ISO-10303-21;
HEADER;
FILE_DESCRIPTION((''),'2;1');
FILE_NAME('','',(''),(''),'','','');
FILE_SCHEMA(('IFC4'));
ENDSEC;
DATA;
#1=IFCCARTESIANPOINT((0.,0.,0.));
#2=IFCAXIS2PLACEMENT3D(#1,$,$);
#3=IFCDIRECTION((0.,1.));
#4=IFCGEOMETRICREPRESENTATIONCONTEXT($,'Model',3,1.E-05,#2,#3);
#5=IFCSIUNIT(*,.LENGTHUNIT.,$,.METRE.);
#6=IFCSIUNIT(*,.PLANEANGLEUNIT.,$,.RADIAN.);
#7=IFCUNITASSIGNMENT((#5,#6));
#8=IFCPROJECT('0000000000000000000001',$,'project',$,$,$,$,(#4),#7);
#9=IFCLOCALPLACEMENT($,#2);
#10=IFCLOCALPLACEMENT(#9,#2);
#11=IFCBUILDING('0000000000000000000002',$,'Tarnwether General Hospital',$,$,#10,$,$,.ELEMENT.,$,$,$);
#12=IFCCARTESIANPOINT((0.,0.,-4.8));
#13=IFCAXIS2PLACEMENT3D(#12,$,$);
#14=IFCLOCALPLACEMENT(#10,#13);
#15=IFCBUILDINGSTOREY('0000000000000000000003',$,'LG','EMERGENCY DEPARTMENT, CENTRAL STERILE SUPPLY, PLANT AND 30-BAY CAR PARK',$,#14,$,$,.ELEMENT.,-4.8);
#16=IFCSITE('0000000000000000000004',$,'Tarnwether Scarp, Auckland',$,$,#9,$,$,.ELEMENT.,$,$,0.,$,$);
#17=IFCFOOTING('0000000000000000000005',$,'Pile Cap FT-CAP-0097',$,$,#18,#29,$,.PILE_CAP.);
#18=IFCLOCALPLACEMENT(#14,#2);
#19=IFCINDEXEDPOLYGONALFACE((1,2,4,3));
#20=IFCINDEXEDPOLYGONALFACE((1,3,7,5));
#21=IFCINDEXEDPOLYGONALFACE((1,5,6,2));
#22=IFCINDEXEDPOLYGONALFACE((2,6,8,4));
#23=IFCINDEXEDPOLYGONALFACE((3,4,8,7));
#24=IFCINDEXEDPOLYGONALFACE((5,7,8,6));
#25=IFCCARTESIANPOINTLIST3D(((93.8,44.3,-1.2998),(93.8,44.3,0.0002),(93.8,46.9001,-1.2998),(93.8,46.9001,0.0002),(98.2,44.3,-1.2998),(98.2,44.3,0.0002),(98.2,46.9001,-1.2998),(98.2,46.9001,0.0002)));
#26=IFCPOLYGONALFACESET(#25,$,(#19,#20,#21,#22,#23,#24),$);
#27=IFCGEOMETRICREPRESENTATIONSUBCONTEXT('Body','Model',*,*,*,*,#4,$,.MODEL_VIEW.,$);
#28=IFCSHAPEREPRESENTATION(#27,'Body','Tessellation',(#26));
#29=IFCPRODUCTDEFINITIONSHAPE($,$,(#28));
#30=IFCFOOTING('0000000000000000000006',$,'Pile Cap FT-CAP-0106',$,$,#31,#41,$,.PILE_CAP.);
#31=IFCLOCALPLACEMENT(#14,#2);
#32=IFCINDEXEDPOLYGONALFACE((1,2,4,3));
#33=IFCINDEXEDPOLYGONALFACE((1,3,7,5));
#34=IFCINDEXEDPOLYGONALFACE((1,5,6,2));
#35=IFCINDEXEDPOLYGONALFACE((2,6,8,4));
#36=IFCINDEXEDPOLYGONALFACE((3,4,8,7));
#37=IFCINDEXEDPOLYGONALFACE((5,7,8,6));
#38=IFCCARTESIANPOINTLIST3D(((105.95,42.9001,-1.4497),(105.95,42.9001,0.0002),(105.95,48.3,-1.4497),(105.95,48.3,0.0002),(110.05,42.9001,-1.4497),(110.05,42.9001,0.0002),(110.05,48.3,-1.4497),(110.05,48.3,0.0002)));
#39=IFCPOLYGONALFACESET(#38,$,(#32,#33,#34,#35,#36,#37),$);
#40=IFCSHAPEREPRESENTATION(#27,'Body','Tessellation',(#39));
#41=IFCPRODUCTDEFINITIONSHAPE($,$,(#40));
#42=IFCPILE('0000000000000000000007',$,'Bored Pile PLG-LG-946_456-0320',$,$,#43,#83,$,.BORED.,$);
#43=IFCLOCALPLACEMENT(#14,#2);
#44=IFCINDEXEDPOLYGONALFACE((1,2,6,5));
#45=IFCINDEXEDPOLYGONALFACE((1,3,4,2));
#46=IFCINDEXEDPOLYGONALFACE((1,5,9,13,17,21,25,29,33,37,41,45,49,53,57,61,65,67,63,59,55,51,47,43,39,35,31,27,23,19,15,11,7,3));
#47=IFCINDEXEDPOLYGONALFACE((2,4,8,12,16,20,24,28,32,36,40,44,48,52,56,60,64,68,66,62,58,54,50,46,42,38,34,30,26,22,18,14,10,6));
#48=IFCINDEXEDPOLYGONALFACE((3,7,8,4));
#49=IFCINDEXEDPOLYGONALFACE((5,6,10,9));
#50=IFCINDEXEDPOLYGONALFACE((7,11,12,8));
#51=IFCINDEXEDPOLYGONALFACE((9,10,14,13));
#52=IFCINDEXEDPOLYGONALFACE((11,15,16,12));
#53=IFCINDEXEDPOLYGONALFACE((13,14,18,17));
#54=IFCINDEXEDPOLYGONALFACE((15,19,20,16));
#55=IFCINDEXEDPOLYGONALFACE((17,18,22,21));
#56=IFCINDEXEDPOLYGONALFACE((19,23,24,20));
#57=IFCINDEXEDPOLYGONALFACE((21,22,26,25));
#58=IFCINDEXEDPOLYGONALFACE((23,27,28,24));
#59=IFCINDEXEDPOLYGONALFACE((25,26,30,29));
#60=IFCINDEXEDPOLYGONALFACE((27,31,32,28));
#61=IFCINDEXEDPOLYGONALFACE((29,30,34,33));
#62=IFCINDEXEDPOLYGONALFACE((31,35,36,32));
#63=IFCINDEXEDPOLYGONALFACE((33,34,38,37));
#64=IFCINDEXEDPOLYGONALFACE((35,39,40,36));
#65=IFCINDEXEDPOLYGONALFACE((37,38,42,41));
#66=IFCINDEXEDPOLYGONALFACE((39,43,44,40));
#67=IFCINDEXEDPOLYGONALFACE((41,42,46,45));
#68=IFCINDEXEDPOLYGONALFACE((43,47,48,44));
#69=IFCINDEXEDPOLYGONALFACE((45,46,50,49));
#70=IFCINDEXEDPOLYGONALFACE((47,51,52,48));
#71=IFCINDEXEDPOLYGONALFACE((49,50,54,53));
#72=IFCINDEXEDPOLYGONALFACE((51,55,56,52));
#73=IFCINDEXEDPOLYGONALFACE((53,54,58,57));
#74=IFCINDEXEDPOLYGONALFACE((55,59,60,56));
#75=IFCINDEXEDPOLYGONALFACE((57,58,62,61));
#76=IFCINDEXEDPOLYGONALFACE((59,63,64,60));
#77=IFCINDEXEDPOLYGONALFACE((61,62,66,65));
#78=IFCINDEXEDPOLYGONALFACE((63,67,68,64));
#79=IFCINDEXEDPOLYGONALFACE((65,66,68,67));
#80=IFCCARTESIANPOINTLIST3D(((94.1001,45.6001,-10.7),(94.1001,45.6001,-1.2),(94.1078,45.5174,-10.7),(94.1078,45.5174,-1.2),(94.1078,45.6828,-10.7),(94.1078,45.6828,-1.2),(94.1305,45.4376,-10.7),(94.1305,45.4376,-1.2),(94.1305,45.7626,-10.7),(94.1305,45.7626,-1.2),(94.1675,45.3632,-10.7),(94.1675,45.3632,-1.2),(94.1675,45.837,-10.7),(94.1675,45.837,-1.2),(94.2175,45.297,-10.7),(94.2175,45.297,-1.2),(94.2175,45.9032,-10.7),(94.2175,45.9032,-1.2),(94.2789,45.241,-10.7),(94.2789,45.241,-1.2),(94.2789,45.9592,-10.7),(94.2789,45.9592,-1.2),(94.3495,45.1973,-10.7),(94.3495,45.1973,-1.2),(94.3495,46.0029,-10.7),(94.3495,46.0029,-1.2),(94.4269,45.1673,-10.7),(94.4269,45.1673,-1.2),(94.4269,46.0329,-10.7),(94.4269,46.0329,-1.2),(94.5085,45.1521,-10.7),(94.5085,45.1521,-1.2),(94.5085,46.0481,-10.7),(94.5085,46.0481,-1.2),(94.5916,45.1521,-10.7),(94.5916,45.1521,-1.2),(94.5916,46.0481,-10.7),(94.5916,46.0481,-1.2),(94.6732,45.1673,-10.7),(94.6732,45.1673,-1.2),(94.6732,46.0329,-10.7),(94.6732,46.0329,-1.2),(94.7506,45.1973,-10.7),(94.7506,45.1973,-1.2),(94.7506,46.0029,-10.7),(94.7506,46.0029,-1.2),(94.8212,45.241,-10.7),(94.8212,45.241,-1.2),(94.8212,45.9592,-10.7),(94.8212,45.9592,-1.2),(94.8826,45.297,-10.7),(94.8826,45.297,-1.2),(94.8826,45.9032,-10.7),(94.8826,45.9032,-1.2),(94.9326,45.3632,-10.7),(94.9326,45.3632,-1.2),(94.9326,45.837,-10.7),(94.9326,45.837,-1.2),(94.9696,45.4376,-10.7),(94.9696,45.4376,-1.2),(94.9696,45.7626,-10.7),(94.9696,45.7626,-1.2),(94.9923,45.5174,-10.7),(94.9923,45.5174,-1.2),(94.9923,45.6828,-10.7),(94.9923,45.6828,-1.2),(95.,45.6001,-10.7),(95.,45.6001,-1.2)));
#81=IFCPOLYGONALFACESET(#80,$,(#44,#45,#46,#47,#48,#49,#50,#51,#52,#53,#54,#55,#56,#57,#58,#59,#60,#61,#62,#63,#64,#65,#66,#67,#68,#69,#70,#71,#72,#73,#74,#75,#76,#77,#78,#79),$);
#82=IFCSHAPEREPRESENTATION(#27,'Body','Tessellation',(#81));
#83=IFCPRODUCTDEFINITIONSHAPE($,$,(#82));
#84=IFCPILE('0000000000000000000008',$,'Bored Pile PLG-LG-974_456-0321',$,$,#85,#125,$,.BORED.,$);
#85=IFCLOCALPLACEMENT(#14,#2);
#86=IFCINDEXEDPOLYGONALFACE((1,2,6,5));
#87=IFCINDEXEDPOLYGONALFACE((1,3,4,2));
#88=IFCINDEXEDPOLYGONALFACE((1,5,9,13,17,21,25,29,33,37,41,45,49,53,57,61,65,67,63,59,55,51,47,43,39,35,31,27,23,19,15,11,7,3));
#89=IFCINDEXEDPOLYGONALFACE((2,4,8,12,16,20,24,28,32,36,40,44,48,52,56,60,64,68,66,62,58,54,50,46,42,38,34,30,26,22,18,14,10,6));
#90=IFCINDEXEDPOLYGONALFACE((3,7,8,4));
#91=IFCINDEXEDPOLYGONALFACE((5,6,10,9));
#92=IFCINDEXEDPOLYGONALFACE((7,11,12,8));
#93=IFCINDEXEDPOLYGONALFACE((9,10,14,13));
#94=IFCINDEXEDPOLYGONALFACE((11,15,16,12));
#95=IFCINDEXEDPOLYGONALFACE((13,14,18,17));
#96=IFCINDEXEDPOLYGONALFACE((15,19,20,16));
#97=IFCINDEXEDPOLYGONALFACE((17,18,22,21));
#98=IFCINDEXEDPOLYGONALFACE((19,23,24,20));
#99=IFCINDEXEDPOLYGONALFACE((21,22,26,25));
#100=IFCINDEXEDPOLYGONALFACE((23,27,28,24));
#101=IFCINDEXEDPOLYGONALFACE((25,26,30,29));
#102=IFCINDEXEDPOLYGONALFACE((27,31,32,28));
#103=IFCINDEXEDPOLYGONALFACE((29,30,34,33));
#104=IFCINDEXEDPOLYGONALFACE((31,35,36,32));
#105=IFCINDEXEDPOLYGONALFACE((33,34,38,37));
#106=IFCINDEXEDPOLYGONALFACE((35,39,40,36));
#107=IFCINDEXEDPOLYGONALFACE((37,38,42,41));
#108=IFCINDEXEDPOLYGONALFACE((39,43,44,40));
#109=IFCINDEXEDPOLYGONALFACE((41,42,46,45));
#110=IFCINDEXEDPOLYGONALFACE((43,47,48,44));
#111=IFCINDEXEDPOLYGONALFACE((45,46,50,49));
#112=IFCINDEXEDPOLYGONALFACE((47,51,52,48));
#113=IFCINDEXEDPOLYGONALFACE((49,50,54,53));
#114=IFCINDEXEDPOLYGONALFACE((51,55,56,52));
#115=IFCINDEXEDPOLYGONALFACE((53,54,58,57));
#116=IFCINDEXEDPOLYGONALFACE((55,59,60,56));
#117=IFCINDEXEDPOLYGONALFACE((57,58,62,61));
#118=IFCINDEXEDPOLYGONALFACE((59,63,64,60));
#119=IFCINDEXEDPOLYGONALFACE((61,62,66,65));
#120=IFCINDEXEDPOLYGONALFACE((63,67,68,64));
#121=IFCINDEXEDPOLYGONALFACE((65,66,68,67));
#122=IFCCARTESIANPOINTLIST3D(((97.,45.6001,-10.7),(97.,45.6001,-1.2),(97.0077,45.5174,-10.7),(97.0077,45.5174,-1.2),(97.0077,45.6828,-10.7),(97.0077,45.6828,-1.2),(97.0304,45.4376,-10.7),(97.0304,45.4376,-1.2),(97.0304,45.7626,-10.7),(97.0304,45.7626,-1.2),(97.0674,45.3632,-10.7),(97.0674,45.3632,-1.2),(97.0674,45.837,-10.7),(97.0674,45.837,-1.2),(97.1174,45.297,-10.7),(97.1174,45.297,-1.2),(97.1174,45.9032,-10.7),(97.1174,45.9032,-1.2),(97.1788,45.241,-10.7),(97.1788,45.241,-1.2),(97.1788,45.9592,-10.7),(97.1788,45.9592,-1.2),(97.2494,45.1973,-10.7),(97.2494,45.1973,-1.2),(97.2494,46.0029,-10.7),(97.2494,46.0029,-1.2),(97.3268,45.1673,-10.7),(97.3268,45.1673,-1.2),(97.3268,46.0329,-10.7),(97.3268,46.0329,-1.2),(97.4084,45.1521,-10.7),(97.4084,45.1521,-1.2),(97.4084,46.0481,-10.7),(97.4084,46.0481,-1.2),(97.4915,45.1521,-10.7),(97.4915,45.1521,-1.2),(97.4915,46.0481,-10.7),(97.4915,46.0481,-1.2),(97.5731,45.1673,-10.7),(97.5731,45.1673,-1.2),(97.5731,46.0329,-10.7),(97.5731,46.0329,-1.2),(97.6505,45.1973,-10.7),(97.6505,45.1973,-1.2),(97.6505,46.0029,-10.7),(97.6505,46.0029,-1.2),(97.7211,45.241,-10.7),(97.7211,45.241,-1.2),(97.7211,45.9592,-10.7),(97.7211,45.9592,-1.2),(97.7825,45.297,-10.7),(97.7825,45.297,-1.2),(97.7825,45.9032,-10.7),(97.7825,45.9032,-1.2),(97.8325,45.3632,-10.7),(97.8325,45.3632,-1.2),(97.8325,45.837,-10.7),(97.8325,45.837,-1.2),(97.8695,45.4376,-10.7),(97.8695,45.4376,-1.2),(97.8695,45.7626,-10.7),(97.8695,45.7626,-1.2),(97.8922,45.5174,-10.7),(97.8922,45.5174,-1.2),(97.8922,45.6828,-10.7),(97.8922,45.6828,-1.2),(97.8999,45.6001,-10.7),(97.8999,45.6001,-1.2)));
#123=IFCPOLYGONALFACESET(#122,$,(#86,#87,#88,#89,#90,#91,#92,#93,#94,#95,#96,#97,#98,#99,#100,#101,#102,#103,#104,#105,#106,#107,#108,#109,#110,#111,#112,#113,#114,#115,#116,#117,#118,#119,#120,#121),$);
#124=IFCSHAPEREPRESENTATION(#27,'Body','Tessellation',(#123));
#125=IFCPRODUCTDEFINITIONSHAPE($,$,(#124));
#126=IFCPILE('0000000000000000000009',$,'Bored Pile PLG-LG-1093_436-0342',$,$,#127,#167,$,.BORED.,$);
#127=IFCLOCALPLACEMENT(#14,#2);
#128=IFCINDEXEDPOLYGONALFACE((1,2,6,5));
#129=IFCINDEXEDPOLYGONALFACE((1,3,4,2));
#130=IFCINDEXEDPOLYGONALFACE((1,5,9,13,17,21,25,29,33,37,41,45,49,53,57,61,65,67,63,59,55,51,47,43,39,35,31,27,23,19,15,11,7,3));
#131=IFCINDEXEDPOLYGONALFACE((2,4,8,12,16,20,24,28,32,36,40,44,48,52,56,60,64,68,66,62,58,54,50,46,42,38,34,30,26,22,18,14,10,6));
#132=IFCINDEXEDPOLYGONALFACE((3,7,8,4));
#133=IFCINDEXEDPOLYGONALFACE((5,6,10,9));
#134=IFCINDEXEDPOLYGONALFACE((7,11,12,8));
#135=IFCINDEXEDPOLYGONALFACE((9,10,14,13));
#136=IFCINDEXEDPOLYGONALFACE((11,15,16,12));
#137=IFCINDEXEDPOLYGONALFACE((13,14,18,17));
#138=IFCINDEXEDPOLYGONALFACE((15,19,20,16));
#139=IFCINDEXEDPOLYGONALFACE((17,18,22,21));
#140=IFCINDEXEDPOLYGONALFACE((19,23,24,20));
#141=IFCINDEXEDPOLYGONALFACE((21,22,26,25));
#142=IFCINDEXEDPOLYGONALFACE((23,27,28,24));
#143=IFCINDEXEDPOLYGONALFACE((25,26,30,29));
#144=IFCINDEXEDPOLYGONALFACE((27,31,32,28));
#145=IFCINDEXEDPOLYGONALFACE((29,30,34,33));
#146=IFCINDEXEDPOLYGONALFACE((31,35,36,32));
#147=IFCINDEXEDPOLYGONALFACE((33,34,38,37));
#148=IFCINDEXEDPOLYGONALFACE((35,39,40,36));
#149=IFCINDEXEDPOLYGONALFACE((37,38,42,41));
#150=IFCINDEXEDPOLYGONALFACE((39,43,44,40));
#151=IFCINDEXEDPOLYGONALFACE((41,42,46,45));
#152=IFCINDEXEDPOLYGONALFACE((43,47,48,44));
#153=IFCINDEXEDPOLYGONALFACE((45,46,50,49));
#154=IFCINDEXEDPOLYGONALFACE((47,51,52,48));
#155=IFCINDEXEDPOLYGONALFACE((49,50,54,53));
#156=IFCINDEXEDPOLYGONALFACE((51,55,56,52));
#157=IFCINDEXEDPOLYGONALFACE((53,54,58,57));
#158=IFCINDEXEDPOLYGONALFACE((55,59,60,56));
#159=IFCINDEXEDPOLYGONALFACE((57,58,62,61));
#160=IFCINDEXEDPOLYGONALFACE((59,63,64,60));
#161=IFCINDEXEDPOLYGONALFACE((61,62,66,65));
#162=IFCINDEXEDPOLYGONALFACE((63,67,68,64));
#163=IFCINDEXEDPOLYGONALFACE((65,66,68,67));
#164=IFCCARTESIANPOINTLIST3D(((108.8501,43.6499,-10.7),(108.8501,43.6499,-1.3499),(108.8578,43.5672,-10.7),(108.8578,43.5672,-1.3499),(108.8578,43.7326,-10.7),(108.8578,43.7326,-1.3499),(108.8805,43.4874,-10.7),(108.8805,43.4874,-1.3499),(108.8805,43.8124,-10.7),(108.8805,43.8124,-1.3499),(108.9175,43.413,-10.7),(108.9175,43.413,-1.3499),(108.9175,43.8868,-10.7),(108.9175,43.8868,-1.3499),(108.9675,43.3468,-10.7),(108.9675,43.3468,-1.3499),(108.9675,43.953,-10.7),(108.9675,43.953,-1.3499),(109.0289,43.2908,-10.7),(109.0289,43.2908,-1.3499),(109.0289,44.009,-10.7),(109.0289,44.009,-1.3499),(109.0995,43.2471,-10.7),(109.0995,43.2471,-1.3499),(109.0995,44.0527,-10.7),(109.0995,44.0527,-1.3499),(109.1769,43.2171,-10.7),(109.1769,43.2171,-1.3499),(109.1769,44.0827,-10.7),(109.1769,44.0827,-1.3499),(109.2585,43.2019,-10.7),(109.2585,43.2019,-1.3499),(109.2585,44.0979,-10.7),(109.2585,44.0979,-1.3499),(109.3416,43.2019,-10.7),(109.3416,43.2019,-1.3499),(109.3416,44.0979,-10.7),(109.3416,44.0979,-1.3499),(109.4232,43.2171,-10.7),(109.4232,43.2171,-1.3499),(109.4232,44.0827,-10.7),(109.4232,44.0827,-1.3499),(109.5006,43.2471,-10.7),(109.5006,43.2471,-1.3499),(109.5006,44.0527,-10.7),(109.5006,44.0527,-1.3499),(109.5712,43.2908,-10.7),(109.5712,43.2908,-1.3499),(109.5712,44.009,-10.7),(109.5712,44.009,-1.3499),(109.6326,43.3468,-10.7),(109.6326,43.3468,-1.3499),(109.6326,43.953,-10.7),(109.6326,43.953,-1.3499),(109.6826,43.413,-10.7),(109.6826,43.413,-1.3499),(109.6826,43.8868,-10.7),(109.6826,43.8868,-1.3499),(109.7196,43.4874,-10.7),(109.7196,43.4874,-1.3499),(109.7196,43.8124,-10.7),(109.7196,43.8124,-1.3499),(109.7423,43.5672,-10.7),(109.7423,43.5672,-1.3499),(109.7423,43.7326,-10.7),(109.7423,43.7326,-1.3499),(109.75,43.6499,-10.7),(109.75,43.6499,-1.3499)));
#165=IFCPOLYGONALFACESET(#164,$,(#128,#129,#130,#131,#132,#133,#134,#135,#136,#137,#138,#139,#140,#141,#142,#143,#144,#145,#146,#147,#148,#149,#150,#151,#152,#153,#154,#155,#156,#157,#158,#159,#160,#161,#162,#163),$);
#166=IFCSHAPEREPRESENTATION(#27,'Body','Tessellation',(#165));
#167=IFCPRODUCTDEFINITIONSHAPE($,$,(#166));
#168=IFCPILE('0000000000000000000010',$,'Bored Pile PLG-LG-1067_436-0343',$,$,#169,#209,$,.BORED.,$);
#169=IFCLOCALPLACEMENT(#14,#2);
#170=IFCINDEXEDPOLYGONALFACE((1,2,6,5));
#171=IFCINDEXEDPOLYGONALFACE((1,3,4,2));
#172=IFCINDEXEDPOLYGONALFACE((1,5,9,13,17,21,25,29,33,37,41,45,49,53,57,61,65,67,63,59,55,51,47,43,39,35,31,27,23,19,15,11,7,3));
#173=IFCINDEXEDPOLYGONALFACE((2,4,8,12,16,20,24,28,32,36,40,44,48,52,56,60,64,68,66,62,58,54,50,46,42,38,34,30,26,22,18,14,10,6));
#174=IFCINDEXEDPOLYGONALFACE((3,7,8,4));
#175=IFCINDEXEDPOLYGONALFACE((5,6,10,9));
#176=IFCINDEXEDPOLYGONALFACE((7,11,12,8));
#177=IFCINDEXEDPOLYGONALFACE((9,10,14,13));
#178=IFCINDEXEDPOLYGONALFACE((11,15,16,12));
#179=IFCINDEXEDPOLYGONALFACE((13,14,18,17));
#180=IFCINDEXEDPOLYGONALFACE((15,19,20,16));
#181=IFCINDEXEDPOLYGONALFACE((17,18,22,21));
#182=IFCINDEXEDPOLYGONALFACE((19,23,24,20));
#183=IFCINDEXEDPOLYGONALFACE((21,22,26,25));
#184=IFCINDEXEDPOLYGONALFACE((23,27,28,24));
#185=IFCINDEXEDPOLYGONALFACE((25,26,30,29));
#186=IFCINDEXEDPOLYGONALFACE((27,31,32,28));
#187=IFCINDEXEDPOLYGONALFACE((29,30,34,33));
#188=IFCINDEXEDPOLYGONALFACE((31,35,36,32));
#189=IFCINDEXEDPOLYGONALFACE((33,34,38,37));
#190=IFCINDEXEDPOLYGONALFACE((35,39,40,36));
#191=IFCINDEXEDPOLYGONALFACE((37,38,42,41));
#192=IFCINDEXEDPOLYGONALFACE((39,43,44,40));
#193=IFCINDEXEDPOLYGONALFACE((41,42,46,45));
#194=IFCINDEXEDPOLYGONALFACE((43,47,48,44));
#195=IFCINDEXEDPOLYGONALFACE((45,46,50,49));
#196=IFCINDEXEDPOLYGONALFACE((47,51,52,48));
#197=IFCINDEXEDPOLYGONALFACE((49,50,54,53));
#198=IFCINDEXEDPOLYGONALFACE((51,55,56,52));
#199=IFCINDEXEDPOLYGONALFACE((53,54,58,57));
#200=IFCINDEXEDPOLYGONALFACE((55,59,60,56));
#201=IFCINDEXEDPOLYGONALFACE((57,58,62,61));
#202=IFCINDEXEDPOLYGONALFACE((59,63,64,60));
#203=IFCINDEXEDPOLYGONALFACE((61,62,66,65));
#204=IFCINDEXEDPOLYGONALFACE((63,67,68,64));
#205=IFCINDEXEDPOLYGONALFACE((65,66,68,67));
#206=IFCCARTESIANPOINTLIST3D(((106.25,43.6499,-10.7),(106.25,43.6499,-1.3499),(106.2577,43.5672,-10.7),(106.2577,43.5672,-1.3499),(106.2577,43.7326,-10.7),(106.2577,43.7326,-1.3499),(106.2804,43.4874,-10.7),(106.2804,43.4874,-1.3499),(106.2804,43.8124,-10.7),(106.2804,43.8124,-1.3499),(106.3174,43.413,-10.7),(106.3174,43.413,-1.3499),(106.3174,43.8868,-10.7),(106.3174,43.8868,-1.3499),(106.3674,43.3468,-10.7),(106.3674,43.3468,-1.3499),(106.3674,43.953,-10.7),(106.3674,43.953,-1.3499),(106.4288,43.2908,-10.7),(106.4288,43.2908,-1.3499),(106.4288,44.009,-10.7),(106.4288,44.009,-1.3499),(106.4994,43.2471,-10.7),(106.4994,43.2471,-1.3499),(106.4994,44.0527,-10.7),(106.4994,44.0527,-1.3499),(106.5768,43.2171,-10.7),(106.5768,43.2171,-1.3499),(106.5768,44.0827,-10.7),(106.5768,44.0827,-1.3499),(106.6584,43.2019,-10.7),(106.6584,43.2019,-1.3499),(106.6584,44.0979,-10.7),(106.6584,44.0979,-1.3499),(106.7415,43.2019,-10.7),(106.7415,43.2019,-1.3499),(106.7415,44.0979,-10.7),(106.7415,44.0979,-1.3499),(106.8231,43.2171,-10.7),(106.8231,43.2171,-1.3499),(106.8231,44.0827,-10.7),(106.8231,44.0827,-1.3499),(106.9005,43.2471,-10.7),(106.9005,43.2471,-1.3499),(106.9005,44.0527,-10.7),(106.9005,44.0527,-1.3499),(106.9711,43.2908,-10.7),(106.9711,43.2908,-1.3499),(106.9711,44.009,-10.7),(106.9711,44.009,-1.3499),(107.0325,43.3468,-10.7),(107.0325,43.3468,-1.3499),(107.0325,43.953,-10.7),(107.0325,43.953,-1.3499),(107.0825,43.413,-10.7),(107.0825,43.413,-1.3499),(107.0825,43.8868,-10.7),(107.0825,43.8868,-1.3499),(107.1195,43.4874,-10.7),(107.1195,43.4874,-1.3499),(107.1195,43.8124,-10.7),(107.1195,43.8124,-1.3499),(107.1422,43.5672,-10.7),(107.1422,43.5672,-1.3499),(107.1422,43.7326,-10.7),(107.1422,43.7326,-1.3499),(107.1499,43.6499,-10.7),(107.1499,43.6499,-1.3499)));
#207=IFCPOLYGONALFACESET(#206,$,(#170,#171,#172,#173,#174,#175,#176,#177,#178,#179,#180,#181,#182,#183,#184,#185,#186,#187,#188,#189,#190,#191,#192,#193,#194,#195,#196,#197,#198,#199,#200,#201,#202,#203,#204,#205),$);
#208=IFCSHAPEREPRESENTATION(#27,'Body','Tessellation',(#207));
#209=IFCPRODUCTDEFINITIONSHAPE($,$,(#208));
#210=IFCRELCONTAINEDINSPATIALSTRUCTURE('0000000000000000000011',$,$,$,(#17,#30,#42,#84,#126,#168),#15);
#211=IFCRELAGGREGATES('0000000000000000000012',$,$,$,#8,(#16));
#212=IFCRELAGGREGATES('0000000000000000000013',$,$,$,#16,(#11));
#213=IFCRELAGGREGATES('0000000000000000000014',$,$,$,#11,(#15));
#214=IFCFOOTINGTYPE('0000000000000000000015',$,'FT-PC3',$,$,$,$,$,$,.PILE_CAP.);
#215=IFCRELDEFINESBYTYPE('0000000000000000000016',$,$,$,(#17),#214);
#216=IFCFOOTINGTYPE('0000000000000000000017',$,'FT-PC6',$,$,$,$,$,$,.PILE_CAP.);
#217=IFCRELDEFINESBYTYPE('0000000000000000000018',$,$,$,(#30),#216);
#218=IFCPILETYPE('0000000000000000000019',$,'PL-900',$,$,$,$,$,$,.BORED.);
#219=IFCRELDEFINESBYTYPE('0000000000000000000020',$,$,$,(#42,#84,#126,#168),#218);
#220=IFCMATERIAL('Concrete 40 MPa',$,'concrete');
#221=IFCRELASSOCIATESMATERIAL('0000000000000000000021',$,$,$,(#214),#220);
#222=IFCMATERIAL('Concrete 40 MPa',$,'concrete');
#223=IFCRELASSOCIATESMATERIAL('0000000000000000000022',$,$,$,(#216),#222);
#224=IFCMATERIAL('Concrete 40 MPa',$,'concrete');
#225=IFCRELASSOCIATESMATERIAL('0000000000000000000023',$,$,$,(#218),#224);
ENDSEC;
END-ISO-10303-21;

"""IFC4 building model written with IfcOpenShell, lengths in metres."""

from ifc_helpers import new_model, si_unit, direction, frame, origin, origin_2d, place, context, subcontext, project, spatial, rectangle, circle, extrude, material, material_profile, profile_set, type_object, element, save


model = new_model("IFC4")

# Units and contexts
model_context = context("Model", 3, precision=1e-05, world=origin(), true_north=direction((0.0, 1.0)))
body_context = subcontext(model_context, "Body", "Model", "MODEL_VIEW")
ifc_project = project(units=[si_unit("LENGTHUNIT", "METRE"), si_unit("PLANEANGLEUNIT", "RADIAN")], contexts=[model_context])

# Site, building, storey
site_placement = place(None, origin())
site = spatial("IfcSite", under=ifc_project, at=site_placement, Name="Tarnwether Scarp, Auckland", CompositionType="ELEMENT", RefElevation=0.0)
building_placement = place(site_placement, origin())
building = spatial("IfcBuilding", under=site, at=building_placement, Name="Tarnwether General Hospital", CompositionType="ELEMENT")
storey_placement = place(building_placement, frame((0.0, 0.0, -4.8)))
storey = spatial("IfcBuildingStorey", under=building, at=storey_placement, Name="LG", Description="EMERGENCY DEPARTMENT, CENTRAL STERILE SUPPLY, PLANT AND 30-BAY CAR PARK", CompositionType="ELEMENT", Elevation=-4.8)

# Footings
ifc_material_1 = material(Name="Concrete 40 MPa", Category="concrete")
footing_type_1 = type_object("IfcFootingType", Name="FT-PC3", PredefinedType="PILE_CAP", material=ifc_material_1)
footing_1_placement = place(storey_placement, frame((96.0, 45.6001, -1.2998), z_axis=(0.0, 0.0, 1.0), x_axis=(1.0, 0.0, 0.0)))
element("IfcFooting", 1, at=footing_1_placement, inside=storey, type_object=footing_type_1, Name="Pile Cap FT-CAP-0097", PredefinedType="PILE_CAP", context=body_context, shape_type="SweptSolid", body=[
    extrude(rectangle(XDim=4.3999, YDim=2.6001, at=origin_2d()), origin(), (0.0, 0.0, 1.0), 1.3),
])
ifc_material_2 = material(Name="Concrete 40 MPa", Category="concrete")
footing_type_2 = type_object("IfcFootingType", Name="FT-PC6", PredefinedType="PILE_CAP", material=ifc_material_2)
footing_2_placement = place(storey_placement, frame((108.0, 45.6001, -1.4497), z_axis=(0.0, 0.0, 1.0), x_axis=(0.0, 1.0, 0.0)))
element("IfcFooting", 2, at=footing_2_placement, inside=storey, type_object=footing_type_2, Name="Pile Cap FT-CAP-0106", PredefinedType="PILE_CAP", context=body_context, shape_type="SweptSolid", body=[
    extrude(rectangle(XDim=5.3999, YDim=4.1001, at=origin_2d()), origin(), (0.0, 0.0, 1.0), 1.45),
])

# Piles
ifc_material_3 = material(Name="Concrete 40 MPa", Category="concrete")
ifc_material_profile_1 = material_profile(ifc_material_3, circle(Radius=0.45, at=origin_2d()), Name="PILE-D900")
ifc_profile_set_1 = profile_set([ifc_material_profile_1], Name="Concrete 40 MPa")
pile_type = type_object("IfcPileType", Name="PL-900", PredefinedType="BORED", material=ifc_profile_set_1)
for number, where, z_axis, x_axis, name in (
    (3, (94.55, 45.6001, -1.2), (0.0, 0.0, -1.0), (1.0, 0.0, 0.0), "Bored Pile PLG-LG-946_456-0320"),
    (4, (97.45, 45.6001, -1.2), (0.0, 0.0, -1.0), (1.0, 0.0, 0.0), "Bored Pile PLG-LG-974_456-0321"),
):
    element("IfcPile", number, at=place(storey_placement, frame(where, z_axis=z_axis, x_axis=x_axis)), inside=storey, type_object=pile_type, Name=name, PredefinedType="BORED", context=body_context, shape_type="SweptSolid", body=[
        extrude(circle(Radius=0.45, at=origin_2d()), origin(), (0.0, 0.0, 1.0), 9.5),
    ])
for number, where, z_axis, x_axis, name in (
    (5, (109.3, 43.6499, -1.3499), (0.0, 0.0, -1.0), (1.0, 0.0, 0.0), "Bored Pile PLG-LG-1093_436-0342"),
    (6, (106.7, 43.6499, -1.3499), (0.0, 0.0, -1.0), (1.0, 0.0, 0.0), "Bored Pile PLG-LG-1067_436-0343"),
):
    element("IfcPile", number, at=place(storey_placement, frame(where, z_axis=z_axis, x_axis=x_axis)), inside=storey, type_object=pile_type, Name=name, PredefinedType="BORED", context=body_context, shape_type="SweptSolid", body=[
        extrude(circle(Radius=0.45, at=origin_2d()), origin(), (0.0, 0.0, 1.0), 9.3501),
    ])

save(model, "model.ifc")
